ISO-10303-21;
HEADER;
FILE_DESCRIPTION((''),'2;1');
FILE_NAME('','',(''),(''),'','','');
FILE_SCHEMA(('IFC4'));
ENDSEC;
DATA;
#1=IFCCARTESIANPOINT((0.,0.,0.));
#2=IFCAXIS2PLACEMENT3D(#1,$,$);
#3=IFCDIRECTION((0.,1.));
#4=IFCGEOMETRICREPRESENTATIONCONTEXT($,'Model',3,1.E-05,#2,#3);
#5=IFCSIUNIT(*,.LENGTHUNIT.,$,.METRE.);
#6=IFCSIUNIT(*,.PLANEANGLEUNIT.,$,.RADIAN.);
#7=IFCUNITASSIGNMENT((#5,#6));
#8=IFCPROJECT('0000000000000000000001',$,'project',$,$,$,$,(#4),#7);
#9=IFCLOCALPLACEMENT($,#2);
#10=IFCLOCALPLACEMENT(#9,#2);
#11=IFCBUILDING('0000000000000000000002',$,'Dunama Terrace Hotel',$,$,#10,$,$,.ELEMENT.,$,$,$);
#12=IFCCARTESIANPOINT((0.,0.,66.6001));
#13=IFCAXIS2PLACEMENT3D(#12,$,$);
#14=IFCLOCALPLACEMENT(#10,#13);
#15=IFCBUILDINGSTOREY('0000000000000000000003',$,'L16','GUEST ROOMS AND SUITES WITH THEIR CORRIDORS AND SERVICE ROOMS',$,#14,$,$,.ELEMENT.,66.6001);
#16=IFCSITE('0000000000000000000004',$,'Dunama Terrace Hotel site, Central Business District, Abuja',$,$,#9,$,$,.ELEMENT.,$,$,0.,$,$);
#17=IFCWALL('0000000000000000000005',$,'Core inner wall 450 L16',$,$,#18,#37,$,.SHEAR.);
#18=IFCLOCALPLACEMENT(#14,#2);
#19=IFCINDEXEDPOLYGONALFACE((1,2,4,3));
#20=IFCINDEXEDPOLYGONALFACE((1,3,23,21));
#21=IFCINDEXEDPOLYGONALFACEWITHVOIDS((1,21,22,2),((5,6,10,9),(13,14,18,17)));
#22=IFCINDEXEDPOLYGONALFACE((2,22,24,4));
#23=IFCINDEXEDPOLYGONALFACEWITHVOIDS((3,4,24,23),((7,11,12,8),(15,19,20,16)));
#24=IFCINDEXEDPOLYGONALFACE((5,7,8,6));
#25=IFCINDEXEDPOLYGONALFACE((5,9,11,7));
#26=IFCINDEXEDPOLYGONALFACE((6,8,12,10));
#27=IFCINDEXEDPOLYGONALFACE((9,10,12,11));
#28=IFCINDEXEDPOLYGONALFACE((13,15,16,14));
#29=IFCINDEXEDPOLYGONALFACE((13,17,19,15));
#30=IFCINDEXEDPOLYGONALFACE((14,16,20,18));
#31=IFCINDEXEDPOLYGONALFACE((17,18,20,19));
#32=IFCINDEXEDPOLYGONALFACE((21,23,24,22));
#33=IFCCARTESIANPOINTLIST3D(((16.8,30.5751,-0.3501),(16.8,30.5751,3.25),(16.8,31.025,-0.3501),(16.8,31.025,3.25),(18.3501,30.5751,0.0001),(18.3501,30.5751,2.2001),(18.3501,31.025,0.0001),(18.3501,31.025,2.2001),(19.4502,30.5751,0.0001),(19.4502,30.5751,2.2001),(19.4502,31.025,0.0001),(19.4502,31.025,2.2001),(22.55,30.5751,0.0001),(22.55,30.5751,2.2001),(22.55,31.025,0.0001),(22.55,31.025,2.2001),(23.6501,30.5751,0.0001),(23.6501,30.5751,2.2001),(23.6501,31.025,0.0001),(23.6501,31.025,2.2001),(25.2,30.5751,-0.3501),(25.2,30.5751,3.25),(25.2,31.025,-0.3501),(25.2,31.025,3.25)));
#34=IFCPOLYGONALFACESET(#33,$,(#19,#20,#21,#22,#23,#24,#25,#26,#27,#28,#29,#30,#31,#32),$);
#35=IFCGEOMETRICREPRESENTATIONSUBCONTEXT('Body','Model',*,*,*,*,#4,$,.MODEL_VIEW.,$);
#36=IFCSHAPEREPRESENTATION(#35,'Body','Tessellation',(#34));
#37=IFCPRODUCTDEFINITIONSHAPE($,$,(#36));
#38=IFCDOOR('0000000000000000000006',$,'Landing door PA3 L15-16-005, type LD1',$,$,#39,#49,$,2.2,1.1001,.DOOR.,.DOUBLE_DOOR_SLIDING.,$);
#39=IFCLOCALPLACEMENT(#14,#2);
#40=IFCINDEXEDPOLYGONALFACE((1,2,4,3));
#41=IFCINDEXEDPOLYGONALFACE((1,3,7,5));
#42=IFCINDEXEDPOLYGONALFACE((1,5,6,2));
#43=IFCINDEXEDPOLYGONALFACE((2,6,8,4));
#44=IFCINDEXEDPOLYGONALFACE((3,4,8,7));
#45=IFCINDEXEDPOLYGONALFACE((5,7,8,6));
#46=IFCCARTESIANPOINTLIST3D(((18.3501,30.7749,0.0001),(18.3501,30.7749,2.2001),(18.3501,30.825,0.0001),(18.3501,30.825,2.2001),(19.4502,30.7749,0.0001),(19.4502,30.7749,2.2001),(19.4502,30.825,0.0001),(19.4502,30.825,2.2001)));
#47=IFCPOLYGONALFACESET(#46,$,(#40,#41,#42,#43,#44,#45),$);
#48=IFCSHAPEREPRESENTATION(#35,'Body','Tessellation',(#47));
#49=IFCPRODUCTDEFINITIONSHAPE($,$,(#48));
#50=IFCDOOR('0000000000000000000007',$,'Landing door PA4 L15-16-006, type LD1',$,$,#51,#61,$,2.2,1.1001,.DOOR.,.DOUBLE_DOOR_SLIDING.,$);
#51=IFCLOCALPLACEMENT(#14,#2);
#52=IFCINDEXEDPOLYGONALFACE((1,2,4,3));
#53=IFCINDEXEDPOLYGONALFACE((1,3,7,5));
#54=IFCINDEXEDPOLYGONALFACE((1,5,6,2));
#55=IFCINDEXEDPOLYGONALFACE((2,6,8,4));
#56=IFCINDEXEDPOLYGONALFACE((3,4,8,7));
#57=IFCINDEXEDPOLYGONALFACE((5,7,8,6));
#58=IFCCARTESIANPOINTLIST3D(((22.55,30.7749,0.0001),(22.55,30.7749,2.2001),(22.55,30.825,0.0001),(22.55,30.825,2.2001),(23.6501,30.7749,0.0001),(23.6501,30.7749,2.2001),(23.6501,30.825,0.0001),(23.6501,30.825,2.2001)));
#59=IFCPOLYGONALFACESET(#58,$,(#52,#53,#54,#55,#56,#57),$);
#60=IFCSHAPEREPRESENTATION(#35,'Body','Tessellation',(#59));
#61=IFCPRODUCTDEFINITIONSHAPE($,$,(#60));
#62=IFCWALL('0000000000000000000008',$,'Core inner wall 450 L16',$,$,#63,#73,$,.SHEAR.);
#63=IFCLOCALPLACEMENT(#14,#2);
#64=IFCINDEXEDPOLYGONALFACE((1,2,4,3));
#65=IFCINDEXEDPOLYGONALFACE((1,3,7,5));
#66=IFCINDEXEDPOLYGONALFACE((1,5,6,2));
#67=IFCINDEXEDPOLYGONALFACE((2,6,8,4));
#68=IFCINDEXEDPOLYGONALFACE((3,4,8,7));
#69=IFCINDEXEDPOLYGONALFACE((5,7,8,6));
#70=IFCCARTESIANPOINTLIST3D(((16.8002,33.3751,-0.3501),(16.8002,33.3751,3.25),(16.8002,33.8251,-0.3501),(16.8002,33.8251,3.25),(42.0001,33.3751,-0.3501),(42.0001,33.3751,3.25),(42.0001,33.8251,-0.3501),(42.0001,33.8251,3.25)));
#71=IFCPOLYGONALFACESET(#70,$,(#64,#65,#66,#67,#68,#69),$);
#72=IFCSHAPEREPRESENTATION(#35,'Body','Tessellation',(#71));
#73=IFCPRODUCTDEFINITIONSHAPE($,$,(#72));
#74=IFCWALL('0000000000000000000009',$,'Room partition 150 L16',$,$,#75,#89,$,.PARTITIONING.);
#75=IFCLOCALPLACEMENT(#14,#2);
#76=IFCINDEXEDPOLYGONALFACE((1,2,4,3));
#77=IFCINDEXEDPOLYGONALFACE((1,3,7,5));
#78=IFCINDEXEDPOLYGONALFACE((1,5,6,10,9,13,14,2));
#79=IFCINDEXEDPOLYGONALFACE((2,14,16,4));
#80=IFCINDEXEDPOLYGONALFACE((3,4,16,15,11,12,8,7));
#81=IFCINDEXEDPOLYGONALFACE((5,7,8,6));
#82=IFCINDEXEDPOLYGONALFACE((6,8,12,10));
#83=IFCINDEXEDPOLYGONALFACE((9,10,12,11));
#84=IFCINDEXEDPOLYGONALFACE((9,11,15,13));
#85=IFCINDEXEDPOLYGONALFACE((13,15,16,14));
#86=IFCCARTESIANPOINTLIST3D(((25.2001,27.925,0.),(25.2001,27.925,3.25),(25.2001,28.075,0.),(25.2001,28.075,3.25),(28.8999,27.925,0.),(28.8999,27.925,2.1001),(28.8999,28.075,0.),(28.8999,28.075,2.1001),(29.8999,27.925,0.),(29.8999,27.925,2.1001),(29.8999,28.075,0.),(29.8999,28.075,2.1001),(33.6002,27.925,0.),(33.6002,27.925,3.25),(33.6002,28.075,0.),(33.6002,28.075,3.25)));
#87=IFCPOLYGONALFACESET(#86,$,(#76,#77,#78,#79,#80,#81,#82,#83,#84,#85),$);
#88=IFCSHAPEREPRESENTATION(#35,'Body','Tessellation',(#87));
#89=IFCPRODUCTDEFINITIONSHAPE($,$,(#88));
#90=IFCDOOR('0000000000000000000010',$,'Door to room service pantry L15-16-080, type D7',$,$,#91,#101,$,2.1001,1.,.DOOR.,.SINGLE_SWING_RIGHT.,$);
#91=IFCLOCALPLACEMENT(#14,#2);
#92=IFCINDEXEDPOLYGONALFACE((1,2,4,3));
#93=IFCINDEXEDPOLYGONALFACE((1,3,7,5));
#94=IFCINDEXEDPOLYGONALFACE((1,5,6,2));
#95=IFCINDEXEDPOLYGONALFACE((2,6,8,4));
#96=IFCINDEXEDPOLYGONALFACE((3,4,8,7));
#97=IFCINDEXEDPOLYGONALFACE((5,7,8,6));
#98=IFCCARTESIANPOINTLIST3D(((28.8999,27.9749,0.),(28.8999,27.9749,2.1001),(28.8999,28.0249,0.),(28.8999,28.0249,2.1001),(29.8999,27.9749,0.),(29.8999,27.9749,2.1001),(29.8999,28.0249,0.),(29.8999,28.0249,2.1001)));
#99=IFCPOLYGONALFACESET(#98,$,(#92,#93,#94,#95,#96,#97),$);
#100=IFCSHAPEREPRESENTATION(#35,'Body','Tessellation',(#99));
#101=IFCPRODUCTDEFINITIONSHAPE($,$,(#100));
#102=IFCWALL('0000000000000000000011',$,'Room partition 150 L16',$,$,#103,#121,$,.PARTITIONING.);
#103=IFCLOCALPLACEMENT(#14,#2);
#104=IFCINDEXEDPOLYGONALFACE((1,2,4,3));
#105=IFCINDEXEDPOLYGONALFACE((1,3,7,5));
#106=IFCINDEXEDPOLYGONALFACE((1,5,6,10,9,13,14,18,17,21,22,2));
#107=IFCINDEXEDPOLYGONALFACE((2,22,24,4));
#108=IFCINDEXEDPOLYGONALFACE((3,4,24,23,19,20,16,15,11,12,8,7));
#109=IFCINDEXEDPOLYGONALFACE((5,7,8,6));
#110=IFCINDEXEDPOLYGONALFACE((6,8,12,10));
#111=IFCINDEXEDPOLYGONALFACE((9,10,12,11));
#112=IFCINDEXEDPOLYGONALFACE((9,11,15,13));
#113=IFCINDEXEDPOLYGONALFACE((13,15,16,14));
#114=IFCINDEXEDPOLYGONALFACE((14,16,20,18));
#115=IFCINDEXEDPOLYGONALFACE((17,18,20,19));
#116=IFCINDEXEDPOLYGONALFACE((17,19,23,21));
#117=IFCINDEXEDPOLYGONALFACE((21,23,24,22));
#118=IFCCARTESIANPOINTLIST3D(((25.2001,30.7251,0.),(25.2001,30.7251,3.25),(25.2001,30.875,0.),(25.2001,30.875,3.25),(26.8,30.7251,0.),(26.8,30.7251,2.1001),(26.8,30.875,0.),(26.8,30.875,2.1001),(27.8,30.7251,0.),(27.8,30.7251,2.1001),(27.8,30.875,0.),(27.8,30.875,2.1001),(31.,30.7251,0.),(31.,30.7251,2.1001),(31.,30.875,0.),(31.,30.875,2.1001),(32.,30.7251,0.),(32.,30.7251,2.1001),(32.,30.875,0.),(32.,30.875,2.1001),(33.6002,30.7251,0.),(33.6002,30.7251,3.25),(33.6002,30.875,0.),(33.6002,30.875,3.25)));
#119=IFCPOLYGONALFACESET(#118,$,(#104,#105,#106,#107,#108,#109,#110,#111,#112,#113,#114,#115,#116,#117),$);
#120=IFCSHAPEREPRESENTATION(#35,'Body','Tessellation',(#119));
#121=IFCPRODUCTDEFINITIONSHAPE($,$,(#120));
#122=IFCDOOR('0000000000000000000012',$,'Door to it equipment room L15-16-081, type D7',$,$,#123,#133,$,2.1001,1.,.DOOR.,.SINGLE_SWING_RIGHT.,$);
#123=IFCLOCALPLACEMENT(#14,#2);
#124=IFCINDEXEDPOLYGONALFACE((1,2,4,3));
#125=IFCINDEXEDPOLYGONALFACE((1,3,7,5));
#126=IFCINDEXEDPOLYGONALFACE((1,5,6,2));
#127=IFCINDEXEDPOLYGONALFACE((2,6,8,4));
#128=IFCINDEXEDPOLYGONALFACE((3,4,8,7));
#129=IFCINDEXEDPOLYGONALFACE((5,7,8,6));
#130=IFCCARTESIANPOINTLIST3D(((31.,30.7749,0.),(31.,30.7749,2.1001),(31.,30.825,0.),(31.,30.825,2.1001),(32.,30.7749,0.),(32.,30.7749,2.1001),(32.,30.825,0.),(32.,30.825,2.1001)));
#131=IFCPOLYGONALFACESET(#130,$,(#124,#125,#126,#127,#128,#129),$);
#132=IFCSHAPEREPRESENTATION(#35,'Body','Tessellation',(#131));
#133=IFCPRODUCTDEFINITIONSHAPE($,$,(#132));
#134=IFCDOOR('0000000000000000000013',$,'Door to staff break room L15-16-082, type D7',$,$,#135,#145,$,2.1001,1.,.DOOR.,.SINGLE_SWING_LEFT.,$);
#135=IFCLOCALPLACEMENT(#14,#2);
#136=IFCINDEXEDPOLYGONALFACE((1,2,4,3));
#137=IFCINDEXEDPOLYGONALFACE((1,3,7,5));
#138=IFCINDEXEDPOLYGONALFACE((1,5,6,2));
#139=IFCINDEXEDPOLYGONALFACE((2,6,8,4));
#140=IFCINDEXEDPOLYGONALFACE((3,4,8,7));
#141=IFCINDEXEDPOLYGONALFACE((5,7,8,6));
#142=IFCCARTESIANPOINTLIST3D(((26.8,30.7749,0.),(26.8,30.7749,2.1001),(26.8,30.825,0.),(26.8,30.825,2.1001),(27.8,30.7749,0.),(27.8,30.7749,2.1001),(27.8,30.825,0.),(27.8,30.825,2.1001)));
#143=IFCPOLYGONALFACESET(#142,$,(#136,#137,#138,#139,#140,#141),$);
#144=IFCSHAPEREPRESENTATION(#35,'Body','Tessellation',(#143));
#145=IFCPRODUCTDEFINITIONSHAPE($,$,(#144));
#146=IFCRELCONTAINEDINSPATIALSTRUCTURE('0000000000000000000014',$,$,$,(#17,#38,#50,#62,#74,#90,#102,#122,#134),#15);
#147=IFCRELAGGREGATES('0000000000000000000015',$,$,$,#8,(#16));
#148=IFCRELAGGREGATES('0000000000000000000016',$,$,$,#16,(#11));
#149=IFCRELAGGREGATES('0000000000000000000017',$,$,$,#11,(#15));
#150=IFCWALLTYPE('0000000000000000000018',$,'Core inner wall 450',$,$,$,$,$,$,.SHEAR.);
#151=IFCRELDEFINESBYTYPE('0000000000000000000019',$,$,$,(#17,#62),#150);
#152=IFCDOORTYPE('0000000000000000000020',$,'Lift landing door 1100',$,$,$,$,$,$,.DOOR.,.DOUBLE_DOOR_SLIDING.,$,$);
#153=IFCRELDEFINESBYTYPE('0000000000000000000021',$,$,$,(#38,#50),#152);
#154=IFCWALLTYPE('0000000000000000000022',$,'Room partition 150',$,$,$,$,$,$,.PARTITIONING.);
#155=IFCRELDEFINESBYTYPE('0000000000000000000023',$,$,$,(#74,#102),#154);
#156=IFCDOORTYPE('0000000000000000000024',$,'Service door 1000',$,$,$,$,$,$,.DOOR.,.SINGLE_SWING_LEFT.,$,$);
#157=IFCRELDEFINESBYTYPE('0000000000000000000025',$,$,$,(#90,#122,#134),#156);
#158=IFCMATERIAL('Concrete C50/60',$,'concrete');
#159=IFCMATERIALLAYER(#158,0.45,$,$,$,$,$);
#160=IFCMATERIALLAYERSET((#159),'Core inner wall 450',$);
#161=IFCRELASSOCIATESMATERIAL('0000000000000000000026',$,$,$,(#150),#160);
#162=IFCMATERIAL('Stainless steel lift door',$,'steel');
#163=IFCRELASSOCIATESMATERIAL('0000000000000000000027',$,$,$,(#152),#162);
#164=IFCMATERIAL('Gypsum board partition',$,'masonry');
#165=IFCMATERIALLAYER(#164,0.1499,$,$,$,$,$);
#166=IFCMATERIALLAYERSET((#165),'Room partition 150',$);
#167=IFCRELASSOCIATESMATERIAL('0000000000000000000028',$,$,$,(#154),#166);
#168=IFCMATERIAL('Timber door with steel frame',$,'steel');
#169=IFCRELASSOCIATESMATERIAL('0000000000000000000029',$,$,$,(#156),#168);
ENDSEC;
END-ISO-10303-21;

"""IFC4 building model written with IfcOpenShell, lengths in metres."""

from ifc_helpers import new_model, si_unit, direction, frame, frame_2d, origin, place, context, subcontext, project, spatial, rectangle, extrude, material, layer, layer_set, type_object, element, fill, save


model = new_model("IFC4")

# Units and contexts
model_context = context("Model", 3, precision=1e-05, world=origin(), true_north=direction((0.0, 1.0)))
body_context = subcontext(model_context, "Body", "Model", "MODEL_VIEW")
ifc_project = project(units=[si_unit("LENGTHUNIT", "METRE"), si_unit("PLANEANGLEUNIT", "RADIAN")], contexts=[model_context])

# Site, building, storey
site_placement = place(None, origin())
site = spatial("IfcSite", under=ifc_project, at=site_placement, Name="Dunama Terrace Hotel site, Central Business District, Abuja", CompositionType="ELEMENT", RefElevation=0.0)
building_placement = place(site_placement, origin())
building = spatial("IfcBuilding", under=site, at=building_placement, Name="Dunama Terrace Hotel", CompositionType="ELEMENT")
storey_placement = place(building_placement, frame((0.0, 0.0, 66.6001)))
storey = spatial("IfcBuildingStorey", under=building, at=storey_placement, Name="L16", Description="GUEST ROOMS AND SUITES WITH THEIR CORRIDORS AND SERVICE ROOMS", CompositionType="ELEMENT", Elevation=66.6001)

# Wall, openings, doors
ifc_material_1 = material(Name="Concrete C50/60", Category="concrete")
ifc_layer_1 = layer(ifc_material_1, 0.45)
ifc_layer_set_1 = layer_set([ifc_layer_1], Name="Core inner wall 450")
wall_type_1 = type_object("IfcWallType", Name="Core inner wall 450", PredefinedType="SHEAR", material=ifc_layer_set_1)
ifc_material_2 = material(Name="Stainless steel lift door", Category="steel")
door_type_1 = type_object("IfcDoorType", Name="Lift landing door 1100", OperationType="DOUBLE_DOOR_SLIDING", PredefinedType="DOOR", material=ifc_material_2)
wall_1_placement = place(storey_placement, frame((16.8, 30.8, -0.3501), z_axis=(0.0, 0.0, 1.0), x_axis=(1.0, 0.0, 0.0)))
wall_1 = element("IfcWall", 1, at=wall_1_placement, inside=storey, type_object=wall_type_1, Name="Core inner wall 450 L16", PredefinedType="SHEAR", context=body_context, shape_type="SweptSolid", body=[
    extrude(rectangle(XDim=8.3999, YDim=0.45, at=frame_2d((4.2, 0.0))), origin(), (0.0, 0.0, 1.0), 3.6001),
])
opening_1_placement = place(wall_1_placement, frame((1.55, 0.0, 0.3501)))
opening_1 = element("IfcOpeningElement", 2, at=opening_1_placement, cuts=wall_1, PredefinedType="OPENING", context=body_context, shape_type="SweptSolid", body=[
    extrude(rectangle(XDim=1.1001, YDim=2.2, at=frame_2d((0.55, 1.1001))), frame((0.0, 0.2349, 0.0), z_axis=(0.0, -1.0, 0.0), x_axis=(1.0, 0.0, 0.0)), (0.0, 0.0, 1.0), 0.47),
])
opening_2_placement = place(wall_1_placement, frame((5.75, 0.0, 0.3501)))
opening_2 = element("IfcOpeningElement", 3, at=opening_2_placement, cuts=wall_1, PredefinedType="OPENING", context=body_context, shape_type="SweptSolid", body=[
    extrude(rectangle(XDim=1.1001, YDim=2.2, at=frame_2d((0.55, 1.1001))), frame((0.0, 0.2349, 0.0), z_axis=(0.0, -1.0, 0.0), x_axis=(1.0, 0.0, 0.0)), (0.0, 0.0, 1.0), 0.47),
])
door_1_placement = place(opening_1_placement, origin())
door_1 = element("IfcDoor", 4, at=door_1_placement, inside=storey, type_object=door_type_1, Name="Landing door PA3 L15-16-005, type LD1", OperationType="DOUBLE_DOOR_SLIDING", OverallHeight=2.2, OverallWidth=1.1001, PredefinedType="DOOR", context=body_context, shape_type="SweptSolid", body=[
    extrude(rectangle(XDim=1.1001, YDim=2.2, at=frame_2d((0.55, 1.1001))), frame((0.0, 0.0249, 0.0), z_axis=(0.0, -1.0, 0.0), x_axis=(1.0, 0.0, 0.0)), (0.0, 0.0, 1.0), 0.05),
])
fill(opening_1, door_1)
door_2_placement = place(opening_2_placement, origin())
door_2 = element("IfcDoor", 5, at=door_2_placement, inside=storey, type_object=door_type_1, Name="Landing door PA4 L15-16-006, type LD1", OperationType="DOUBLE_DOOR_SLIDING", OverallHeight=2.2, OverallWidth=1.1001, PredefinedType="DOOR", context=body_context, shape_type="SweptSolid", body=[
    extrude(rectangle(XDim=1.1001, YDim=2.2, at=frame_2d((0.55, 1.1001))), frame((0.0, 0.0249, 0.0), z_axis=(0.0, -1.0, 0.0), x_axis=(1.0, 0.0, 0.0)), (0.0, 0.0, 1.0), 0.05),
])
fill(opening_2, door_2)

# Wall
wall_2_placement = place(storey_placement, frame((16.8, 33.6001, -0.3501), z_axis=(0.0, 0.0, 1.0), x_axis=(1.0, 0.0, 0.0)))
element("IfcWall", 6, at=wall_2_placement, inside=storey, type_object=wall_type_1, Name="Core inner wall 450 L16", PredefinedType="SHEAR", context=body_context, shape_type="SweptSolid", body=[
    extrude(rectangle(XDim=25.2, YDim=0.45, at=frame_2d((12.6001, 0.0))), origin(), (0.0, 0.0, 1.0), 3.6001),
])

# Wall, opening, door
ifc_material_3 = material(Name="Gypsum board partition", Category="masonry")
ifc_layer_2 = layer(ifc_material_3, 0.1499)
ifc_layer_set_2 = layer_set([ifc_layer_2], Name="Room partition 150")
wall_type_2 = type_object("IfcWallType", Name="Room partition 150", PredefinedType="PARTITIONING", material=ifc_layer_set_2)
wall_3_placement = place(storey_placement, frame((25.2, 28.0, 0.0), z_axis=(0.0, 0.0, 1.0), x_axis=(1.0, 0.0, 0.0)))
wall_3 = element("IfcWall", 7, at=wall_3_placement, inside=storey, type_object=wall_type_2, Name="Room partition 150 L16", PredefinedType="PARTITIONING", context=body_context, shape_type="SweptSolid", body=[
    extrude(rectangle(XDim=8.4001, YDim=0.1499, at=frame_2d((4.2002, 0.0))), origin(), (0.0, 0.0, 1.0), 3.25),
])
opening_3_placement = place(wall_3_placement, frame((3.7, 0.0, 0.0)))
opening_3 = element("IfcOpeningElement", 8, at=opening_3_placement, cuts=wall_3, PredefinedType="OPENING", context=body_context, shape_type="SweptSolid", body=[
    extrude(rectangle(XDim=1.0, YDim=2.1001, at=frame_2d((0.5, 1.05))), frame((0.0, 0.085, 0.0), z_axis=(0.0, -1.0, 0.0), x_axis=(1.0, 0.0, 0.0)), (0.0, 0.0, 1.0), 0.1699),
])
ifc_material_4 = material(Name="Timber door with steel frame", Category="steel")
door_type_2 = type_object("IfcDoorType", Name="Service door 1000", OperationType="SINGLE_SWING_LEFT", PredefinedType="DOOR", material=ifc_material_4)
door_3_placement = place(opening_3_placement, frame((1.0, 0.0, 0.0), z_axis=(0.0, 0.0, 1.0), x_axis=(-1.0, 0.0, 0.0)))
door_3 = element("IfcDoor", 9, at=door_3_placement, inside=storey, type_object=door_type_2, Name="Door to room service pantry L15-16-080, type D7", OperationType="SINGLE_SWING_RIGHT", OverallHeight=2.1001, OverallWidth=1.0, PredefinedType="DOOR", context=body_context, shape_type="SweptSolid", body=[
    extrude(rectangle(XDim=1.0, YDim=2.1001, at=frame_2d((0.5, 1.05))), frame((0.0, 0.0251, 0.0), z_axis=(0.0, -1.0, 0.0), x_axis=(1.0, 0.0, 0.0)), (0.0, 0.0, 1.0), 0.05),
])
fill(opening_3, door_3)

# Wall, openings, doors
wall_4_placement = place(storey_placement, frame((25.2, 30.8, 0.0), z_axis=(0.0, 0.0, 1.0), x_axis=(1.0, 0.0, 0.0)))
wall_4 = element("IfcWall", 10, at=wall_4_placement, inside=storey, type_object=wall_type_2, Name="Room partition 150 L16", PredefinedType="PARTITIONING", context=body_context, shape_type="SweptSolid", body=[
    extrude(rectangle(XDim=8.4001, YDim=0.1499, at=frame_2d((4.2002, 0.0))), origin(), (0.0, 0.0, 1.0), 3.25),
])
opening_4_placement = place(wall_4_placement, frame((5.8, 0.0, 0.0)))
opening_4 = element("IfcOpeningElement", 11, at=opening_4_placement, cuts=wall_4, PredefinedType="OPENING", context=body_context, shape_type="SweptSolid", body=[
    extrude(rectangle(XDim=1.0, YDim=2.1001, at=frame_2d((0.5, 1.05))), frame((0.0, 0.085, 0.0), z_axis=(0.0, -1.0, 0.0), x_axis=(1.0, 0.0, 0.0)), (0.0, 0.0, 1.0), 0.1699),
])
opening_5_placement = place(wall_4_placement, frame((1.6001, 0.0, 0.0)))
opening_5 = element("IfcOpeningElement", 12, at=opening_5_placement, cuts=wall_4, PredefinedType="OPENING", context=body_context, shape_type="SweptSolid", body=[
    extrude(rectangle(XDim=1.0, YDim=2.1001, at=frame_2d((0.5, 1.05))), frame((0.0, 0.085, 0.0), z_axis=(0.0, -1.0, 0.0), x_axis=(1.0, 0.0, 0.0)), (0.0, 0.0, 1.0), 0.1699),
])
door_4_placement = place(opening_4_placement, origin())
door_4 = element("IfcDoor", 13, at=door_4_placement, inside=storey, type_object=door_type_2, Name="Door to it equipment room L15-16-081, type D7", OperationType="SINGLE_SWING_RIGHT", OverallHeight=2.1001, OverallWidth=1.0, PredefinedType="DOOR", context=body_context, shape_type="SweptSolid", body=[
    extrude(rectangle(XDim=1.0, YDim=2.1001, at=frame_2d((0.5, 1.05))), frame((0.0, 0.0249, 0.0), z_axis=(0.0, -1.0, 0.0), x_axis=(1.0, 0.0, 0.0)), (0.0, 0.0, 1.0), 0.05),
])
fill(opening_4, door_4)
door_5_placement = place(opening_5_placement, origin())
door_5 = element("IfcDoor", 14, at=door_5_placement, inside=storey, type_object=door_type_2, Name="Door to staff break room L15-16-082, type D7", OperationType="SINGLE_SWING_LEFT", OverallHeight=2.1001, OverallWidth=1.0, PredefinedType="DOOR", context=body_context, shape_type="SweptSolid", body=[
    extrude(rectangle(XDim=1.0, YDim=2.1001, at=frame_2d((0.5, 1.05))), frame((0.0, 0.0249, 0.0), z_axis=(0.0, -1.0, 0.0), x_axis=(1.0, 0.0, 0.0)), (0.0, 0.0, 1.0), 0.05),
])
fill(opening_5, door_5)

save(model, "model.ifc")
